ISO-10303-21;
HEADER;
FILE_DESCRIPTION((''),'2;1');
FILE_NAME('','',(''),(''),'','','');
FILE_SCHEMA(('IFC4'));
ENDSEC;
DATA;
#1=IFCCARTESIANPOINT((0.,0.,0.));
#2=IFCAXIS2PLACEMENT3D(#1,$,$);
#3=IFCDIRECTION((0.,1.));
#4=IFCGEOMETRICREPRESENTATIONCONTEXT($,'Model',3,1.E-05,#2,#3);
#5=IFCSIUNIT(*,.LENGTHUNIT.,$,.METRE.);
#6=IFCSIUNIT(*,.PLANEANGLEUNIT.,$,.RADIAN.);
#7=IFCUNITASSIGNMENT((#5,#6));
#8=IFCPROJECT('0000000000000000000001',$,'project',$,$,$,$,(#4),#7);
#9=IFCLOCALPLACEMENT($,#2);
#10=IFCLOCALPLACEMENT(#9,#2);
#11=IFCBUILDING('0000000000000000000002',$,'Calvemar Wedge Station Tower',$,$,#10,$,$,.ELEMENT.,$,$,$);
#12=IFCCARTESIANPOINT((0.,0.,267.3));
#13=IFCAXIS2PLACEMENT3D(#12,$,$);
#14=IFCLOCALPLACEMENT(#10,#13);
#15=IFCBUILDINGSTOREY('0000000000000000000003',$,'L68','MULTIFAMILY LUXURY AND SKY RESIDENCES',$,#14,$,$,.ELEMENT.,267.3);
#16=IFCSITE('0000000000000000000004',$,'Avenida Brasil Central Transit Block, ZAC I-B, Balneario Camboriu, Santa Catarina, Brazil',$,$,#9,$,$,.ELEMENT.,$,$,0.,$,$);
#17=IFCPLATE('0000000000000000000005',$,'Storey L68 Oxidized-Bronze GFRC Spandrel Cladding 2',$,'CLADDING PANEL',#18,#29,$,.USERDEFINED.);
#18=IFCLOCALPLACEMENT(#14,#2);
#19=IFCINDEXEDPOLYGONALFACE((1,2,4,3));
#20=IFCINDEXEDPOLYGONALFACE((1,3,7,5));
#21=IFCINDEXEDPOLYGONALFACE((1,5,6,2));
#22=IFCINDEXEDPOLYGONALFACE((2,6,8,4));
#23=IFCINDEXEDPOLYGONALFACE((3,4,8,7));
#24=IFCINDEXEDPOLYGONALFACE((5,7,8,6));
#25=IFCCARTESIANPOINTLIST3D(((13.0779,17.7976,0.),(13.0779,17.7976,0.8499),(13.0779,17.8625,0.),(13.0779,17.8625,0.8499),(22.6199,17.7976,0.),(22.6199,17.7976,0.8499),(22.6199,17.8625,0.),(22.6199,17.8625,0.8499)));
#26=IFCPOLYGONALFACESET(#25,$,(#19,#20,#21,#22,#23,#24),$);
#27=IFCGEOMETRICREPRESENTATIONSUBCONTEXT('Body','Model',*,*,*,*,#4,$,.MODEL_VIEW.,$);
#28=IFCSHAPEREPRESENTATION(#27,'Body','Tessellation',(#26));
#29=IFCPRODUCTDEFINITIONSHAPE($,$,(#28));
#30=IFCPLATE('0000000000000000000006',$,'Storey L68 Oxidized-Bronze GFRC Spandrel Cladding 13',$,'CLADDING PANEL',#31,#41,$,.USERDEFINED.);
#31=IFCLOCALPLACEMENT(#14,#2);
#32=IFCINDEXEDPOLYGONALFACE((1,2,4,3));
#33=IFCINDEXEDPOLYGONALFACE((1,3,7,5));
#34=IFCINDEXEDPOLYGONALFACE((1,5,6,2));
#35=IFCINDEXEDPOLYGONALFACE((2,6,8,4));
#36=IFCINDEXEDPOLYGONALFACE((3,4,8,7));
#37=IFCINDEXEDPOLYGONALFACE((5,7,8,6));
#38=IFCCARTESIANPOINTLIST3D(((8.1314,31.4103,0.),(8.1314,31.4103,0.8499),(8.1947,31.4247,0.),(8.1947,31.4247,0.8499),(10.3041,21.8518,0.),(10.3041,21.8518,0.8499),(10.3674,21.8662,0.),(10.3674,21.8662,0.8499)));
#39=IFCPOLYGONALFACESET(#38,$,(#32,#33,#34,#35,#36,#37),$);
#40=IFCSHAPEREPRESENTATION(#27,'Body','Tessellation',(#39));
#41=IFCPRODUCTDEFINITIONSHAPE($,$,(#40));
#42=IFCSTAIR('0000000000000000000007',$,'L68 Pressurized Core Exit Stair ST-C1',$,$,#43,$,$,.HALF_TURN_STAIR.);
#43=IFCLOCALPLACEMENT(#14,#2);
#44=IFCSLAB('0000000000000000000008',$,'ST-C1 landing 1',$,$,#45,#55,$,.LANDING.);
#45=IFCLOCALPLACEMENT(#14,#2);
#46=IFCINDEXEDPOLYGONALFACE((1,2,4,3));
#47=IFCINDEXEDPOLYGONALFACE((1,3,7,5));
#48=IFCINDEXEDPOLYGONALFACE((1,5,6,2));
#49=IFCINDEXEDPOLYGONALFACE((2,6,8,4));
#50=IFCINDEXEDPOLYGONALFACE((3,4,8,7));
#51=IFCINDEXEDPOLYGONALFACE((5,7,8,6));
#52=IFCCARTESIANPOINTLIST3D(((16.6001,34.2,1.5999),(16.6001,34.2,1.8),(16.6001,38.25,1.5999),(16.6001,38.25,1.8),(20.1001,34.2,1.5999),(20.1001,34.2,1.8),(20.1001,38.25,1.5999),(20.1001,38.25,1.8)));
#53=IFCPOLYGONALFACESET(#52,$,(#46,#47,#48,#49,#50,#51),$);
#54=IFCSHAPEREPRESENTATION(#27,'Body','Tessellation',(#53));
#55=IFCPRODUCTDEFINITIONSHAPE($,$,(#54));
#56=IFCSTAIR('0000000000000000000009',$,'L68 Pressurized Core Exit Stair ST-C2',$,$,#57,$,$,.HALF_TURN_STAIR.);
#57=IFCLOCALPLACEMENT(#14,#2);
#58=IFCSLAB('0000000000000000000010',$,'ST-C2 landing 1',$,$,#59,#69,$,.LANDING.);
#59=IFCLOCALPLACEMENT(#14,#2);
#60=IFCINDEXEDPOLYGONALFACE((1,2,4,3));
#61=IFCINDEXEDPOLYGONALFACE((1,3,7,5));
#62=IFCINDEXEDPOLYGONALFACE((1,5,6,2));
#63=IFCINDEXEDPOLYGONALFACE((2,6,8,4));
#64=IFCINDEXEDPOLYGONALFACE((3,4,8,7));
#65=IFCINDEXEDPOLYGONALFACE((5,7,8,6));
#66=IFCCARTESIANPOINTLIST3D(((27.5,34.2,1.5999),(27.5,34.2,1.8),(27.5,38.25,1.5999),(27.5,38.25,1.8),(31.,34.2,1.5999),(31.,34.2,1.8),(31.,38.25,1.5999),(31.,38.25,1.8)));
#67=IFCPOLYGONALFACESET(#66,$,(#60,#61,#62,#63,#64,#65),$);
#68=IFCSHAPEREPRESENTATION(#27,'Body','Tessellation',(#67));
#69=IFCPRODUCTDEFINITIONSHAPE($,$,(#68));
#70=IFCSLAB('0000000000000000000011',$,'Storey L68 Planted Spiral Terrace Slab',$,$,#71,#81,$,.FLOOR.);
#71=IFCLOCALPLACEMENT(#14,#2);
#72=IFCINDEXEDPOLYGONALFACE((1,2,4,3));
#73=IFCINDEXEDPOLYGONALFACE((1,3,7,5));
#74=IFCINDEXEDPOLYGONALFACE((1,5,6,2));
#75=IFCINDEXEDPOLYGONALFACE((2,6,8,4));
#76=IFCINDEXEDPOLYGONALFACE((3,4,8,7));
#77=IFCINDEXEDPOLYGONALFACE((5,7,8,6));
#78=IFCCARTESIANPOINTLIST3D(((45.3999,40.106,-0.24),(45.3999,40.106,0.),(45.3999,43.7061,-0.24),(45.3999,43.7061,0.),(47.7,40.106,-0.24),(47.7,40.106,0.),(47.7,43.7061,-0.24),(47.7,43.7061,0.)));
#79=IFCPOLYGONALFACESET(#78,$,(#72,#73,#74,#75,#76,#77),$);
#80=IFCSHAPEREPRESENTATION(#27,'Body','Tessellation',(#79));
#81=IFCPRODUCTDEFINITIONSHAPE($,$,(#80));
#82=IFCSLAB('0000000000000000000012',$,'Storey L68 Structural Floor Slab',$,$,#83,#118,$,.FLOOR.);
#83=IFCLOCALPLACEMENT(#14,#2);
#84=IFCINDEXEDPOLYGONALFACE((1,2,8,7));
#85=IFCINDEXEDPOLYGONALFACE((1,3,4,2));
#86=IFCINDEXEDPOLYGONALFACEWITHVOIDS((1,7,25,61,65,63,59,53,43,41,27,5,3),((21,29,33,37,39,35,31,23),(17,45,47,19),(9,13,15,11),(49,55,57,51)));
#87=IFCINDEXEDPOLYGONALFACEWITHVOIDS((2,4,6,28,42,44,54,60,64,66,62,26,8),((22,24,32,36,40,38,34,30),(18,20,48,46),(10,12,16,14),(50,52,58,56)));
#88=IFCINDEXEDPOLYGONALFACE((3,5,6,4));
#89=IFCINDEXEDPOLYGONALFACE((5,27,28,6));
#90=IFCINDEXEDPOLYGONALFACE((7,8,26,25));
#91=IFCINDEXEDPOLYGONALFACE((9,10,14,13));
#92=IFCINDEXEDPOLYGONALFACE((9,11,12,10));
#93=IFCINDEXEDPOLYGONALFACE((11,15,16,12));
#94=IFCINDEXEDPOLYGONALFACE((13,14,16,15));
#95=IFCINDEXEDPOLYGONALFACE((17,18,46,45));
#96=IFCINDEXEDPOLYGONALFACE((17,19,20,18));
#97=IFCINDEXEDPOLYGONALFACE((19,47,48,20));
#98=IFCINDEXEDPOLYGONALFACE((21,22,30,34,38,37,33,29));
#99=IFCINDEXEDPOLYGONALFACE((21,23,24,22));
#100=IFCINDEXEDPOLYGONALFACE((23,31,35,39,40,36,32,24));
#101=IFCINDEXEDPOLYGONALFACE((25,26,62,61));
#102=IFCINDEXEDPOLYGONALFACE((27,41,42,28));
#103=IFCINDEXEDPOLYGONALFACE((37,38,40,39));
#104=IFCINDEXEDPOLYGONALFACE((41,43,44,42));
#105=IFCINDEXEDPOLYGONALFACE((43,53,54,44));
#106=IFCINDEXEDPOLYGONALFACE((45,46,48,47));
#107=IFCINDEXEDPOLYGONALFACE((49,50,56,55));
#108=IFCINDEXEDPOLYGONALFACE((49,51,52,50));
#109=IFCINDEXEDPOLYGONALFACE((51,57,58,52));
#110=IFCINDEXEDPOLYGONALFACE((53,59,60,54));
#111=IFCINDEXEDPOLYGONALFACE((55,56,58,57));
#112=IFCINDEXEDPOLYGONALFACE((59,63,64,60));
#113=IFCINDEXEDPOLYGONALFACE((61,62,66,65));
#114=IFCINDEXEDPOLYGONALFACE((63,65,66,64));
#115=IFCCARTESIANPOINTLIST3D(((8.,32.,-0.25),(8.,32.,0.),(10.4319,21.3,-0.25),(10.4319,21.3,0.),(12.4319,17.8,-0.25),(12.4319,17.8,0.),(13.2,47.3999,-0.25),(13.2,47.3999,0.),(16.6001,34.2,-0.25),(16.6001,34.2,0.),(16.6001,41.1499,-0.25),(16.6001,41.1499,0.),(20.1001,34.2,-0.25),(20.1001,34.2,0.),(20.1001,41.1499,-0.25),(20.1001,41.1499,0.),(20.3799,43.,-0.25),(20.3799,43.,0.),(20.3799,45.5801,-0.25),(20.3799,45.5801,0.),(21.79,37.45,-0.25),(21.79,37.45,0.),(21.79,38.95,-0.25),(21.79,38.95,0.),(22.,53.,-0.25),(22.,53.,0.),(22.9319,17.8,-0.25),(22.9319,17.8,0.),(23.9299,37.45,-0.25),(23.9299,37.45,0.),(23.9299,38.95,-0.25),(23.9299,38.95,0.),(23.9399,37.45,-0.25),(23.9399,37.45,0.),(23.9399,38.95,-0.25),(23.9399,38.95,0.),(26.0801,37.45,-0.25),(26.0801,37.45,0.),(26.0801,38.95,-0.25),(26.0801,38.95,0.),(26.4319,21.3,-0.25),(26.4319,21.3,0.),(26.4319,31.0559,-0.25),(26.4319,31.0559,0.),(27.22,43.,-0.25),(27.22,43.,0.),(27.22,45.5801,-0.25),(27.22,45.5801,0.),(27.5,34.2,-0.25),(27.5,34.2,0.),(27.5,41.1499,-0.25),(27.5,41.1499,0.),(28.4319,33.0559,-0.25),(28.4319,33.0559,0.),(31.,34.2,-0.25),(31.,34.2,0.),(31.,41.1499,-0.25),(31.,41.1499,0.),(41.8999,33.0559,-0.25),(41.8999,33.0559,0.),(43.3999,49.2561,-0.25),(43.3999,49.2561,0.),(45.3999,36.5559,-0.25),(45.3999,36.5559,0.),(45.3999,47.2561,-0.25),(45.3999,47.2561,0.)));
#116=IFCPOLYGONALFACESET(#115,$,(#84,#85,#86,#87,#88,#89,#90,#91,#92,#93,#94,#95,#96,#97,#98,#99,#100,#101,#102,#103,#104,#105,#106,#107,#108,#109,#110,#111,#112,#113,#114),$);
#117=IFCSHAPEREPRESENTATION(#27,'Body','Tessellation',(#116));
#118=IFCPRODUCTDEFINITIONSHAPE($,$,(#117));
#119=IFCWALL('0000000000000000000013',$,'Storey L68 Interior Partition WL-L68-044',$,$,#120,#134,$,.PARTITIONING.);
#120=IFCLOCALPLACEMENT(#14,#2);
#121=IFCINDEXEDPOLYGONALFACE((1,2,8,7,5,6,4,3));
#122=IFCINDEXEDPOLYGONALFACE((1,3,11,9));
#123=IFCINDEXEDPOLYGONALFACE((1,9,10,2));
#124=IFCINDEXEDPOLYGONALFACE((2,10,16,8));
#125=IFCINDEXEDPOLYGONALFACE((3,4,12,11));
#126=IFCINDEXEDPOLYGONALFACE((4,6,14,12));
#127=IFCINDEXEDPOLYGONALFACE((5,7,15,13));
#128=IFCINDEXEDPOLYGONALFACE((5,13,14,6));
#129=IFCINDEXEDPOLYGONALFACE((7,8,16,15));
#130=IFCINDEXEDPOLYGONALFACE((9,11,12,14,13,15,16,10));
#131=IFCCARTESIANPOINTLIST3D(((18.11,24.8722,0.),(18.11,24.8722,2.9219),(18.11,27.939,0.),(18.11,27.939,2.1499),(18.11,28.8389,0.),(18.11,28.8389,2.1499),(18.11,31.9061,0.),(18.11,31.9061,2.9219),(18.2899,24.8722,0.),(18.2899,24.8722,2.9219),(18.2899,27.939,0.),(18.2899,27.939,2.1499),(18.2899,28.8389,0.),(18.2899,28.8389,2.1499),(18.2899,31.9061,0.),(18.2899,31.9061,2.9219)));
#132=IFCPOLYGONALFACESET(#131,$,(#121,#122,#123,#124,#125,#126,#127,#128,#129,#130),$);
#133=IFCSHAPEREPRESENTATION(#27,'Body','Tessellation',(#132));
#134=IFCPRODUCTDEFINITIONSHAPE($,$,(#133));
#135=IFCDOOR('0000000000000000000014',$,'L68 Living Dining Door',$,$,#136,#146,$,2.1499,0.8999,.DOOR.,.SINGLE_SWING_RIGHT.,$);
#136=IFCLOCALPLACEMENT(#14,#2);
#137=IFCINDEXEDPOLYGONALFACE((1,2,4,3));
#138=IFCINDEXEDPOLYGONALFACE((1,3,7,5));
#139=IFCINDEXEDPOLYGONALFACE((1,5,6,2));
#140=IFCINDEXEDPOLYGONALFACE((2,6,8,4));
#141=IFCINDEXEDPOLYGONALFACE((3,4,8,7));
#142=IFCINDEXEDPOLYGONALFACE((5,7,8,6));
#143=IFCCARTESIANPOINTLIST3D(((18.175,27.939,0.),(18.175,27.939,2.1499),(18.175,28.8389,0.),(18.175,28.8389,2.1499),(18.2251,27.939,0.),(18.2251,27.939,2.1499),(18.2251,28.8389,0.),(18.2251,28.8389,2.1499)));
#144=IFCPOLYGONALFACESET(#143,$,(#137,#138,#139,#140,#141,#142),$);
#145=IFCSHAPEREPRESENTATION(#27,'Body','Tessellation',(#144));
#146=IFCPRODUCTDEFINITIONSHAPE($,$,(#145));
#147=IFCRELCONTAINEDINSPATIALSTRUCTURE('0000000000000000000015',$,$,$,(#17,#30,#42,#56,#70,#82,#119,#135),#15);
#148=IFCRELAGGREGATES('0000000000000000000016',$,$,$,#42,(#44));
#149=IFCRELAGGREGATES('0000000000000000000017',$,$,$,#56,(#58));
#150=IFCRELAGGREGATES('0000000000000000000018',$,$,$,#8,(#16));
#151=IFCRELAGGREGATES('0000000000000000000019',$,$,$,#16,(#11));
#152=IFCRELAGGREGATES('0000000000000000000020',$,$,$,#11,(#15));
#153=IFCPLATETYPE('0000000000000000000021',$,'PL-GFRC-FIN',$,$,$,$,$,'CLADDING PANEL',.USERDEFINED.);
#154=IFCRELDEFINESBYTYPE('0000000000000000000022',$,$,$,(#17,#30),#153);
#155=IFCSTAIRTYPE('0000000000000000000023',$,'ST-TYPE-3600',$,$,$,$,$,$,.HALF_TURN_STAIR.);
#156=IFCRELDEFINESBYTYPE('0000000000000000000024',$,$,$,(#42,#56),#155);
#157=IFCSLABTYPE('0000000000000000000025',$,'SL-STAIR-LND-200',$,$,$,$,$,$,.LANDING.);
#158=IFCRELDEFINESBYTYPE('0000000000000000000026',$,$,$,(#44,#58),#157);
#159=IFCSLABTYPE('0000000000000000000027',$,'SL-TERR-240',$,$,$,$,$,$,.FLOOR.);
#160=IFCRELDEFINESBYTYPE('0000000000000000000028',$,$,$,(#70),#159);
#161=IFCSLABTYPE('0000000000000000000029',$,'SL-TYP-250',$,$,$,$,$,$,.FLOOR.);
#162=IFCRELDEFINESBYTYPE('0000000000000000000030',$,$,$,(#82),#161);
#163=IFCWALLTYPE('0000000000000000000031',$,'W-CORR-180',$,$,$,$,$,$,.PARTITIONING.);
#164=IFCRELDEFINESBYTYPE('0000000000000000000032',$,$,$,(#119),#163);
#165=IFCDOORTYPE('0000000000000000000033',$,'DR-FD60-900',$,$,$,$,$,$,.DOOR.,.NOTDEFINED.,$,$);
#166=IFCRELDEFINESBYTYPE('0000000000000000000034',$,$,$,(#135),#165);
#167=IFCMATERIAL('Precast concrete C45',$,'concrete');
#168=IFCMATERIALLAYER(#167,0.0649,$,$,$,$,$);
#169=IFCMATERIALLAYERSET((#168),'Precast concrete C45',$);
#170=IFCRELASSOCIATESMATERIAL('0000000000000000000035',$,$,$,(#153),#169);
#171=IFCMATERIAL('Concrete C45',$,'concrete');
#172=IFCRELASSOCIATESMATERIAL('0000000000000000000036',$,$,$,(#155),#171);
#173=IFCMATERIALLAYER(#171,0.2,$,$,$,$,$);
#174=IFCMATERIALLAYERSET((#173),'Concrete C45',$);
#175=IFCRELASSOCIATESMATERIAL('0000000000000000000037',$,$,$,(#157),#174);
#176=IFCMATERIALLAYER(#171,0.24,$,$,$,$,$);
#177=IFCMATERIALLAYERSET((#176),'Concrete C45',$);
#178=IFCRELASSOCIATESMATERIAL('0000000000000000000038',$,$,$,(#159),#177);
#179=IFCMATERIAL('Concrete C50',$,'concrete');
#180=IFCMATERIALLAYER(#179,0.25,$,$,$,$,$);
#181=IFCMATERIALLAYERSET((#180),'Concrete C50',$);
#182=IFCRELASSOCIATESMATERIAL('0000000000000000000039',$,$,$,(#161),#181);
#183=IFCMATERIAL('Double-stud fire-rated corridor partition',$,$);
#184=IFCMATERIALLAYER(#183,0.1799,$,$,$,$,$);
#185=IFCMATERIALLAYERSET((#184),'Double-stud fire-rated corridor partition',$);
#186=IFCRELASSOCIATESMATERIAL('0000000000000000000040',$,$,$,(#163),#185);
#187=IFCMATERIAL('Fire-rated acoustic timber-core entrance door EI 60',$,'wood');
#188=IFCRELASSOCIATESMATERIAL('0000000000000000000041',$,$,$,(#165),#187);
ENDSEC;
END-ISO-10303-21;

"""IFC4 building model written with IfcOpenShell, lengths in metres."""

from ifc_helpers import new_model, si_unit, direction, frame, frame_2d, origin, place, context, subcontext, project, spatial, polyline, rectangle, outline, extrude, source, transform, mapped, material, layer, layer_set, type_object, element, fill, aggregate, save


model = new_model("IFC4")

# Units and contexts
model_context = context("Model", 3, precision=1e-05, world=origin(), true_north=direction((0.0, 1.0)))
body_context = subcontext(model_context, "Body", "Model", "MODEL_VIEW")
ifc_project = project(units=[si_unit("LENGTHUNIT", "METRE"), si_unit("PLANEANGLEUNIT", "RADIAN")], contexts=[model_context])

# Site, building, storey
site_placement = place(None, origin())
site = spatial("IfcSite", under=ifc_project, at=site_placement, Name="Avenida Brasil Central Transit Block, ZAC I-B, Balneario Camboriu, Santa Catarina, Brazil", CompositionType="ELEMENT", RefElevation=0.0)
building_placement = place(site_placement, origin())
building = spatial("IfcBuilding", under=site, at=building_placement, Name="Calvemar Wedge Station Tower", CompositionType="ELEMENT")
storey_placement = place(building_placement, frame((0.0, 0.0, 267.3)))
storey = spatial("IfcBuildingStorey", under=building, at=storey_placement, Name="L68", Description="MULTIFAMILY LUXURY AND SKY RESIDENCES", CompositionType="ELEMENT", Elevation=267.3)

# Shared definitions
ifc_material_1 = material(Name="Concrete C50", Category="concrete")

# Plates
ifc_material_2 = material(Name="Precast concrete C45", Category="concrete")
ifc_layer_1 = layer(ifc_material_2, 0.0649)
ifc_layer_set_1 = layer_set([ifc_layer_1], Name="Precast concrete C45")
plate_type = type_object("IfcPlateType", Name="PL-GFRC-FIN", ElementType="CLADDING PANEL", PredefinedType="USERDEFINED", material=ifc_layer_set_1)
plate_1_placement = place(storey_placement, frame((13.0779, 17.8301, 0.0), z_axis=(0.0, 0.0, 1.0), x_axis=(1.0, 0.0, 0.0)))
element("IfcPlate", 1, at=plate_1_placement, inside=storey, type_object=plate_type, Name="Storey L68 Oxidized-Bronze GFRC Spandrel Cladding 2", ObjectType="CLADDING PANEL", PredefinedType="USERDEFINED", context=body_context, shape_type="SweptSolid", body=[
    extrude(rectangle(XDim=9.542, YDim=0.0649, at=frame_2d((4.771, 0.0))), origin(), (0.0, 0.0, 1.0), 0.8499),
])
plate_2_placement = place(storey_placement, frame((8.1631, 31.4175, 0.0), z_axis=(0.0, 0.0, 1.0), x_axis=(0.221646, -0.975127, 0.0)))
element("IfcPlate", 2, at=plate_2_placement, inside=storey, type_object=plate_type, Name="Storey L68 Oxidized-Bronze GFRC Spandrel Cladding 13", ObjectType="CLADDING PANEL", PredefinedType="USERDEFINED", context=body_context, shape_type="SweptSolid", body=[
    extrude(rectangle(XDim=9.8022, YDim=0.0649, at=frame_2d((4.9011, 0.0))), origin(), (0.0, 0.0, 1.0), 0.8499),
])

# Stairs, slabs
ifc_material_3 = material(Name="Concrete C45", Category="concrete")
stair_type = type_object("IfcStairType", Name="ST-TYPE-3600", PredefinedType="HALF_TURN_STAIR", material=ifc_material_3)
stair_1_placement = place(storey_placement, origin())
stair_1 = element("IfcStair", 3, at=stair_1_placement, inside=storey, type_object=stair_type, Name="L68 Pressurized Core Exit Stair ST-C1", PredefinedType="HALF_TURN_STAIR")
ifc_layer_2 = layer(ifc_material_3, 0.2)
ifc_layer_set_2 = layer_set([ifc_layer_2], Name="Concrete C45")
slab_type_1 = type_object("IfcSlabType", Name="SL-STAIR-LND-200", PredefinedType="LANDING", material=ifc_layer_set_2)
slab_1_placement = place(storey_placement, frame((0.0, 0.0, 1.5999)))
slab_1 = element("IfcSlab", 4, at=slab_1_placement, type_object=slab_type_1, Name="ST-C1 landing 1", PredefinedType="LANDING", context=body_context, shape_type="SweptSolid", body=[
    extrude(outline(polyline([(16.6001, 38.25), (16.6001, 34.2), (20.1001, 34.2), (20.1001, 38.25), (16.6001, 38.25)])), origin(), (0.0, 0.0, 1.0), 0.2002),
])
aggregate(stair_1, [slab_1])
stair_2_placement = place(storey_placement, origin())
stair_2 = element("IfcStair", 5, at=stair_2_placement, inside=storey, type_object=stair_type, Name="L68 Pressurized Core Exit Stair ST-C2", PredefinedType="HALF_TURN_STAIR")
slab_2_placement = place(storey_placement, frame((0.0, 0.0, 1.5999)))
slab_2 = element("IfcSlab", 6, at=slab_2_placement, type_object=slab_type_1, Name="ST-C2 landing 1", PredefinedType="LANDING", context=body_context, shape_type="SweptSolid", body=[
    extrude(outline(polyline([(27.5, 38.25), (27.5, 34.2), (31.0, 34.2), (31.0, 38.25), (27.5, 38.25)])), origin(), (0.0, 0.0, 1.0), 0.2002),
])
aggregate(stair_2, [slab_2])

# Slabs
ifc_layer_3 = layer(ifc_material_3, 0.24)
ifc_layer_set_3 = layer_set([ifc_layer_3], Name="Concrete C45")
slab_type_2 = type_object("IfcSlabType", Name="SL-TERR-240", PredefinedType="FLOOR", material=ifc_layer_set_3)
slab_3_placement = place(storey_placement, frame((0.0, 0.0, -0.24)))
element("IfcSlab", 7, at=slab_3_placement, inside=storey, type_object=slab_type_2, Name="Storey L68 Planted Spiral Terrace Slab", PredefinedType="FLOOR", context=body_context, shape_type="SweptSolid", body=[
    extrude(outline(polyline([(45.3999, 40.106), (47.7, 40.106), (47.7, 43.7061), (45.3999, 43.7061), (45.3999, 40.106)])), origin(), (0.0, 0.0, 1.0), 0.24),
])
ifc_layer_4 = layer(ifc_material_1, 0.25)
ifc_layer_set_4 = layer_set([ifc_layer_4], Name="Concrete C50")
slab_type_3 = type_object("IfcSlabType", Name="SL-TYP-250", PredefinedType="FLOOR", material=ifc_layer_set_4)
slab_4_placement = place(storey_placement, frame((0.0, 0.0, -0.25)))
element("IfcSlab", 8, at=slab_4_placement, inside=storey, type_object=slab_type_3, Name="Storey L68 Structural Floor Slab", PredefinedType="FLOOR", context=body_context, shape_type="SweptSolid", body=[
    extrude(outline(polyline([(8.0, 32.0), (10.4319, 21.3), (12.4319, 17.8), (22.9319, 17.8), (26.4319, 21.3), (26.4319, 31.0559), (28.4319, 33.0559), (41.8999, 33.0559), (45.3999, 36.5559), (45.3999, 47.2561), (43.3999, 49.2561), (22.0, 53.0), (13.2, 47.3999), (8.0, 32.0)]), holes=[polyline([(20.1001, 34.2), (20.1001, 41.1499), (16.6001, 41.1499), (16.6001, 34.2), (20.1001, 34.2)]), polyline([(31.0, 34.2), (31.0, 41.1499), (27.5, 41.1499), (27.5, 34.2), (31.0, 34.2)]), polyline([(23.9299, 38.95), (21.79, 38.95), (21.79, 37.45), (23.9299, 37.45), (23.9399, 37.45), (26.0801, 37.45), (26.0801, 38.95), (23.9399, 38.95), (23.9299, 38.95)]), polyline([(27.22, 43.0), (27.22, 45.5801), (20.3799, 45.5801), (20.3799, 43.0), (27.22, 43.0)])]), origin(), (0.0, 0.0, 1.0), 0.25),
])

# Wall, opening, door
ifc_material_4 = material(Name="Double-stud fire-rated corridor partition")
ifc_layer_5 = layer(ifc_material_4, 0.1799)
ifc_layer_set_5 = layer_set([ifc_layer_5], Name="Double-stud fire-rated corridor partition")
wall_type_1 = type_object("IfcWallType", Name="W-CORR-180", PredefinedType="PARTITIONING", material=ifc_layer_set_5)
wall_1_placement = place(storey_placement, frame((18.2, 24.8721, 0.0), z_axis=(0.0, 0.0, 1.0), x_axis=(0.0, 1.0, 0.0)))
wall_1 = element("IfcWall", 9, at=wall_1_placement, inside=storey, type_object=wall_type_1, Name="Storey L68 Interior Partition WL-L68-044", PredefinedType="PARTITIONING", context=body_context, shape_type="SweptSolid", body=[
    extrude(rectangle(XDim=7.0339, YDim=0.1799, at=frame_2d((3.5171, 0.0))), origin(), (0.0, 0.0, 1.0), 2.9219),
])
shared_shape_1 = source(origin(), body_context, "Body", "SweptSolid", [
    extrude(rectangle(XDim=0.8999, YDim=2.1499, at=frame_2d((0.45, 1.075))), frame((0.0, 0.1001, 0.0), z_axis=(0.0, -1.0, 0.0), x_axis=(1.0, 0.0, 0.0)), (0.0, 0.0, 1.0), 0.2),
])
opening_1_placement = place(wall_1_placement, frame((3.0669, 0.0, 0.0)))
opening_1 = element("IfcOpeningElement", 10, at=opening_1_placement, cuts=wall_1, PredefinedType="OPENING", context=body_context, shape_type="MappedRepresentation", body=[
    mapped(shared_shape_1, transform((0.0, 0.0, 0.0), scale=1.0)),
])
ifc_material_5 = material(Name="Fire-rated acoustic timber-core entrance door EI 60", Category="wood")
door_type_1 = type_object("IfcDoorType", Name="DR-FD60-900", OperationType="NOTDEFINED", PredefinedType="DOOR", material=ifc_material_5)
shared_shape_2 = source(origin(), body_context, "Body", "SweptSolid", [
    extrude(rectangle(XDim=0.8999, YDim=2.1499, at=frame_2d((0.45, 1.075))), frame((0.0, 0.0249, 0.0), z_axis=(0.0, -1.0, 0.0), x_axis=(1.0, 0.0, 0.0)), (0.0, 0.0, 1.0), 0.05),
])
door_1_placement = place(opening_1_placement, origin())
door_1 = element("IfcDoor", 11, at=door_1_placement, inside=storey, type_object=door_type_1, Name="L68 Living Dining Door", OperationType="SINGLE_SWING_RIGHT", OverallHeight=2.1499, OverallWidth=0.8999, PredefinedType="DOOR", context=body_context, shape_type="MappedRepresentation", body=[
    mapped(shared_shape_2, transform((0.0, 0.0, 0.0), scale=1.0)),
])
fill(opening_1, door_1)

save(model, "model.ifc")
